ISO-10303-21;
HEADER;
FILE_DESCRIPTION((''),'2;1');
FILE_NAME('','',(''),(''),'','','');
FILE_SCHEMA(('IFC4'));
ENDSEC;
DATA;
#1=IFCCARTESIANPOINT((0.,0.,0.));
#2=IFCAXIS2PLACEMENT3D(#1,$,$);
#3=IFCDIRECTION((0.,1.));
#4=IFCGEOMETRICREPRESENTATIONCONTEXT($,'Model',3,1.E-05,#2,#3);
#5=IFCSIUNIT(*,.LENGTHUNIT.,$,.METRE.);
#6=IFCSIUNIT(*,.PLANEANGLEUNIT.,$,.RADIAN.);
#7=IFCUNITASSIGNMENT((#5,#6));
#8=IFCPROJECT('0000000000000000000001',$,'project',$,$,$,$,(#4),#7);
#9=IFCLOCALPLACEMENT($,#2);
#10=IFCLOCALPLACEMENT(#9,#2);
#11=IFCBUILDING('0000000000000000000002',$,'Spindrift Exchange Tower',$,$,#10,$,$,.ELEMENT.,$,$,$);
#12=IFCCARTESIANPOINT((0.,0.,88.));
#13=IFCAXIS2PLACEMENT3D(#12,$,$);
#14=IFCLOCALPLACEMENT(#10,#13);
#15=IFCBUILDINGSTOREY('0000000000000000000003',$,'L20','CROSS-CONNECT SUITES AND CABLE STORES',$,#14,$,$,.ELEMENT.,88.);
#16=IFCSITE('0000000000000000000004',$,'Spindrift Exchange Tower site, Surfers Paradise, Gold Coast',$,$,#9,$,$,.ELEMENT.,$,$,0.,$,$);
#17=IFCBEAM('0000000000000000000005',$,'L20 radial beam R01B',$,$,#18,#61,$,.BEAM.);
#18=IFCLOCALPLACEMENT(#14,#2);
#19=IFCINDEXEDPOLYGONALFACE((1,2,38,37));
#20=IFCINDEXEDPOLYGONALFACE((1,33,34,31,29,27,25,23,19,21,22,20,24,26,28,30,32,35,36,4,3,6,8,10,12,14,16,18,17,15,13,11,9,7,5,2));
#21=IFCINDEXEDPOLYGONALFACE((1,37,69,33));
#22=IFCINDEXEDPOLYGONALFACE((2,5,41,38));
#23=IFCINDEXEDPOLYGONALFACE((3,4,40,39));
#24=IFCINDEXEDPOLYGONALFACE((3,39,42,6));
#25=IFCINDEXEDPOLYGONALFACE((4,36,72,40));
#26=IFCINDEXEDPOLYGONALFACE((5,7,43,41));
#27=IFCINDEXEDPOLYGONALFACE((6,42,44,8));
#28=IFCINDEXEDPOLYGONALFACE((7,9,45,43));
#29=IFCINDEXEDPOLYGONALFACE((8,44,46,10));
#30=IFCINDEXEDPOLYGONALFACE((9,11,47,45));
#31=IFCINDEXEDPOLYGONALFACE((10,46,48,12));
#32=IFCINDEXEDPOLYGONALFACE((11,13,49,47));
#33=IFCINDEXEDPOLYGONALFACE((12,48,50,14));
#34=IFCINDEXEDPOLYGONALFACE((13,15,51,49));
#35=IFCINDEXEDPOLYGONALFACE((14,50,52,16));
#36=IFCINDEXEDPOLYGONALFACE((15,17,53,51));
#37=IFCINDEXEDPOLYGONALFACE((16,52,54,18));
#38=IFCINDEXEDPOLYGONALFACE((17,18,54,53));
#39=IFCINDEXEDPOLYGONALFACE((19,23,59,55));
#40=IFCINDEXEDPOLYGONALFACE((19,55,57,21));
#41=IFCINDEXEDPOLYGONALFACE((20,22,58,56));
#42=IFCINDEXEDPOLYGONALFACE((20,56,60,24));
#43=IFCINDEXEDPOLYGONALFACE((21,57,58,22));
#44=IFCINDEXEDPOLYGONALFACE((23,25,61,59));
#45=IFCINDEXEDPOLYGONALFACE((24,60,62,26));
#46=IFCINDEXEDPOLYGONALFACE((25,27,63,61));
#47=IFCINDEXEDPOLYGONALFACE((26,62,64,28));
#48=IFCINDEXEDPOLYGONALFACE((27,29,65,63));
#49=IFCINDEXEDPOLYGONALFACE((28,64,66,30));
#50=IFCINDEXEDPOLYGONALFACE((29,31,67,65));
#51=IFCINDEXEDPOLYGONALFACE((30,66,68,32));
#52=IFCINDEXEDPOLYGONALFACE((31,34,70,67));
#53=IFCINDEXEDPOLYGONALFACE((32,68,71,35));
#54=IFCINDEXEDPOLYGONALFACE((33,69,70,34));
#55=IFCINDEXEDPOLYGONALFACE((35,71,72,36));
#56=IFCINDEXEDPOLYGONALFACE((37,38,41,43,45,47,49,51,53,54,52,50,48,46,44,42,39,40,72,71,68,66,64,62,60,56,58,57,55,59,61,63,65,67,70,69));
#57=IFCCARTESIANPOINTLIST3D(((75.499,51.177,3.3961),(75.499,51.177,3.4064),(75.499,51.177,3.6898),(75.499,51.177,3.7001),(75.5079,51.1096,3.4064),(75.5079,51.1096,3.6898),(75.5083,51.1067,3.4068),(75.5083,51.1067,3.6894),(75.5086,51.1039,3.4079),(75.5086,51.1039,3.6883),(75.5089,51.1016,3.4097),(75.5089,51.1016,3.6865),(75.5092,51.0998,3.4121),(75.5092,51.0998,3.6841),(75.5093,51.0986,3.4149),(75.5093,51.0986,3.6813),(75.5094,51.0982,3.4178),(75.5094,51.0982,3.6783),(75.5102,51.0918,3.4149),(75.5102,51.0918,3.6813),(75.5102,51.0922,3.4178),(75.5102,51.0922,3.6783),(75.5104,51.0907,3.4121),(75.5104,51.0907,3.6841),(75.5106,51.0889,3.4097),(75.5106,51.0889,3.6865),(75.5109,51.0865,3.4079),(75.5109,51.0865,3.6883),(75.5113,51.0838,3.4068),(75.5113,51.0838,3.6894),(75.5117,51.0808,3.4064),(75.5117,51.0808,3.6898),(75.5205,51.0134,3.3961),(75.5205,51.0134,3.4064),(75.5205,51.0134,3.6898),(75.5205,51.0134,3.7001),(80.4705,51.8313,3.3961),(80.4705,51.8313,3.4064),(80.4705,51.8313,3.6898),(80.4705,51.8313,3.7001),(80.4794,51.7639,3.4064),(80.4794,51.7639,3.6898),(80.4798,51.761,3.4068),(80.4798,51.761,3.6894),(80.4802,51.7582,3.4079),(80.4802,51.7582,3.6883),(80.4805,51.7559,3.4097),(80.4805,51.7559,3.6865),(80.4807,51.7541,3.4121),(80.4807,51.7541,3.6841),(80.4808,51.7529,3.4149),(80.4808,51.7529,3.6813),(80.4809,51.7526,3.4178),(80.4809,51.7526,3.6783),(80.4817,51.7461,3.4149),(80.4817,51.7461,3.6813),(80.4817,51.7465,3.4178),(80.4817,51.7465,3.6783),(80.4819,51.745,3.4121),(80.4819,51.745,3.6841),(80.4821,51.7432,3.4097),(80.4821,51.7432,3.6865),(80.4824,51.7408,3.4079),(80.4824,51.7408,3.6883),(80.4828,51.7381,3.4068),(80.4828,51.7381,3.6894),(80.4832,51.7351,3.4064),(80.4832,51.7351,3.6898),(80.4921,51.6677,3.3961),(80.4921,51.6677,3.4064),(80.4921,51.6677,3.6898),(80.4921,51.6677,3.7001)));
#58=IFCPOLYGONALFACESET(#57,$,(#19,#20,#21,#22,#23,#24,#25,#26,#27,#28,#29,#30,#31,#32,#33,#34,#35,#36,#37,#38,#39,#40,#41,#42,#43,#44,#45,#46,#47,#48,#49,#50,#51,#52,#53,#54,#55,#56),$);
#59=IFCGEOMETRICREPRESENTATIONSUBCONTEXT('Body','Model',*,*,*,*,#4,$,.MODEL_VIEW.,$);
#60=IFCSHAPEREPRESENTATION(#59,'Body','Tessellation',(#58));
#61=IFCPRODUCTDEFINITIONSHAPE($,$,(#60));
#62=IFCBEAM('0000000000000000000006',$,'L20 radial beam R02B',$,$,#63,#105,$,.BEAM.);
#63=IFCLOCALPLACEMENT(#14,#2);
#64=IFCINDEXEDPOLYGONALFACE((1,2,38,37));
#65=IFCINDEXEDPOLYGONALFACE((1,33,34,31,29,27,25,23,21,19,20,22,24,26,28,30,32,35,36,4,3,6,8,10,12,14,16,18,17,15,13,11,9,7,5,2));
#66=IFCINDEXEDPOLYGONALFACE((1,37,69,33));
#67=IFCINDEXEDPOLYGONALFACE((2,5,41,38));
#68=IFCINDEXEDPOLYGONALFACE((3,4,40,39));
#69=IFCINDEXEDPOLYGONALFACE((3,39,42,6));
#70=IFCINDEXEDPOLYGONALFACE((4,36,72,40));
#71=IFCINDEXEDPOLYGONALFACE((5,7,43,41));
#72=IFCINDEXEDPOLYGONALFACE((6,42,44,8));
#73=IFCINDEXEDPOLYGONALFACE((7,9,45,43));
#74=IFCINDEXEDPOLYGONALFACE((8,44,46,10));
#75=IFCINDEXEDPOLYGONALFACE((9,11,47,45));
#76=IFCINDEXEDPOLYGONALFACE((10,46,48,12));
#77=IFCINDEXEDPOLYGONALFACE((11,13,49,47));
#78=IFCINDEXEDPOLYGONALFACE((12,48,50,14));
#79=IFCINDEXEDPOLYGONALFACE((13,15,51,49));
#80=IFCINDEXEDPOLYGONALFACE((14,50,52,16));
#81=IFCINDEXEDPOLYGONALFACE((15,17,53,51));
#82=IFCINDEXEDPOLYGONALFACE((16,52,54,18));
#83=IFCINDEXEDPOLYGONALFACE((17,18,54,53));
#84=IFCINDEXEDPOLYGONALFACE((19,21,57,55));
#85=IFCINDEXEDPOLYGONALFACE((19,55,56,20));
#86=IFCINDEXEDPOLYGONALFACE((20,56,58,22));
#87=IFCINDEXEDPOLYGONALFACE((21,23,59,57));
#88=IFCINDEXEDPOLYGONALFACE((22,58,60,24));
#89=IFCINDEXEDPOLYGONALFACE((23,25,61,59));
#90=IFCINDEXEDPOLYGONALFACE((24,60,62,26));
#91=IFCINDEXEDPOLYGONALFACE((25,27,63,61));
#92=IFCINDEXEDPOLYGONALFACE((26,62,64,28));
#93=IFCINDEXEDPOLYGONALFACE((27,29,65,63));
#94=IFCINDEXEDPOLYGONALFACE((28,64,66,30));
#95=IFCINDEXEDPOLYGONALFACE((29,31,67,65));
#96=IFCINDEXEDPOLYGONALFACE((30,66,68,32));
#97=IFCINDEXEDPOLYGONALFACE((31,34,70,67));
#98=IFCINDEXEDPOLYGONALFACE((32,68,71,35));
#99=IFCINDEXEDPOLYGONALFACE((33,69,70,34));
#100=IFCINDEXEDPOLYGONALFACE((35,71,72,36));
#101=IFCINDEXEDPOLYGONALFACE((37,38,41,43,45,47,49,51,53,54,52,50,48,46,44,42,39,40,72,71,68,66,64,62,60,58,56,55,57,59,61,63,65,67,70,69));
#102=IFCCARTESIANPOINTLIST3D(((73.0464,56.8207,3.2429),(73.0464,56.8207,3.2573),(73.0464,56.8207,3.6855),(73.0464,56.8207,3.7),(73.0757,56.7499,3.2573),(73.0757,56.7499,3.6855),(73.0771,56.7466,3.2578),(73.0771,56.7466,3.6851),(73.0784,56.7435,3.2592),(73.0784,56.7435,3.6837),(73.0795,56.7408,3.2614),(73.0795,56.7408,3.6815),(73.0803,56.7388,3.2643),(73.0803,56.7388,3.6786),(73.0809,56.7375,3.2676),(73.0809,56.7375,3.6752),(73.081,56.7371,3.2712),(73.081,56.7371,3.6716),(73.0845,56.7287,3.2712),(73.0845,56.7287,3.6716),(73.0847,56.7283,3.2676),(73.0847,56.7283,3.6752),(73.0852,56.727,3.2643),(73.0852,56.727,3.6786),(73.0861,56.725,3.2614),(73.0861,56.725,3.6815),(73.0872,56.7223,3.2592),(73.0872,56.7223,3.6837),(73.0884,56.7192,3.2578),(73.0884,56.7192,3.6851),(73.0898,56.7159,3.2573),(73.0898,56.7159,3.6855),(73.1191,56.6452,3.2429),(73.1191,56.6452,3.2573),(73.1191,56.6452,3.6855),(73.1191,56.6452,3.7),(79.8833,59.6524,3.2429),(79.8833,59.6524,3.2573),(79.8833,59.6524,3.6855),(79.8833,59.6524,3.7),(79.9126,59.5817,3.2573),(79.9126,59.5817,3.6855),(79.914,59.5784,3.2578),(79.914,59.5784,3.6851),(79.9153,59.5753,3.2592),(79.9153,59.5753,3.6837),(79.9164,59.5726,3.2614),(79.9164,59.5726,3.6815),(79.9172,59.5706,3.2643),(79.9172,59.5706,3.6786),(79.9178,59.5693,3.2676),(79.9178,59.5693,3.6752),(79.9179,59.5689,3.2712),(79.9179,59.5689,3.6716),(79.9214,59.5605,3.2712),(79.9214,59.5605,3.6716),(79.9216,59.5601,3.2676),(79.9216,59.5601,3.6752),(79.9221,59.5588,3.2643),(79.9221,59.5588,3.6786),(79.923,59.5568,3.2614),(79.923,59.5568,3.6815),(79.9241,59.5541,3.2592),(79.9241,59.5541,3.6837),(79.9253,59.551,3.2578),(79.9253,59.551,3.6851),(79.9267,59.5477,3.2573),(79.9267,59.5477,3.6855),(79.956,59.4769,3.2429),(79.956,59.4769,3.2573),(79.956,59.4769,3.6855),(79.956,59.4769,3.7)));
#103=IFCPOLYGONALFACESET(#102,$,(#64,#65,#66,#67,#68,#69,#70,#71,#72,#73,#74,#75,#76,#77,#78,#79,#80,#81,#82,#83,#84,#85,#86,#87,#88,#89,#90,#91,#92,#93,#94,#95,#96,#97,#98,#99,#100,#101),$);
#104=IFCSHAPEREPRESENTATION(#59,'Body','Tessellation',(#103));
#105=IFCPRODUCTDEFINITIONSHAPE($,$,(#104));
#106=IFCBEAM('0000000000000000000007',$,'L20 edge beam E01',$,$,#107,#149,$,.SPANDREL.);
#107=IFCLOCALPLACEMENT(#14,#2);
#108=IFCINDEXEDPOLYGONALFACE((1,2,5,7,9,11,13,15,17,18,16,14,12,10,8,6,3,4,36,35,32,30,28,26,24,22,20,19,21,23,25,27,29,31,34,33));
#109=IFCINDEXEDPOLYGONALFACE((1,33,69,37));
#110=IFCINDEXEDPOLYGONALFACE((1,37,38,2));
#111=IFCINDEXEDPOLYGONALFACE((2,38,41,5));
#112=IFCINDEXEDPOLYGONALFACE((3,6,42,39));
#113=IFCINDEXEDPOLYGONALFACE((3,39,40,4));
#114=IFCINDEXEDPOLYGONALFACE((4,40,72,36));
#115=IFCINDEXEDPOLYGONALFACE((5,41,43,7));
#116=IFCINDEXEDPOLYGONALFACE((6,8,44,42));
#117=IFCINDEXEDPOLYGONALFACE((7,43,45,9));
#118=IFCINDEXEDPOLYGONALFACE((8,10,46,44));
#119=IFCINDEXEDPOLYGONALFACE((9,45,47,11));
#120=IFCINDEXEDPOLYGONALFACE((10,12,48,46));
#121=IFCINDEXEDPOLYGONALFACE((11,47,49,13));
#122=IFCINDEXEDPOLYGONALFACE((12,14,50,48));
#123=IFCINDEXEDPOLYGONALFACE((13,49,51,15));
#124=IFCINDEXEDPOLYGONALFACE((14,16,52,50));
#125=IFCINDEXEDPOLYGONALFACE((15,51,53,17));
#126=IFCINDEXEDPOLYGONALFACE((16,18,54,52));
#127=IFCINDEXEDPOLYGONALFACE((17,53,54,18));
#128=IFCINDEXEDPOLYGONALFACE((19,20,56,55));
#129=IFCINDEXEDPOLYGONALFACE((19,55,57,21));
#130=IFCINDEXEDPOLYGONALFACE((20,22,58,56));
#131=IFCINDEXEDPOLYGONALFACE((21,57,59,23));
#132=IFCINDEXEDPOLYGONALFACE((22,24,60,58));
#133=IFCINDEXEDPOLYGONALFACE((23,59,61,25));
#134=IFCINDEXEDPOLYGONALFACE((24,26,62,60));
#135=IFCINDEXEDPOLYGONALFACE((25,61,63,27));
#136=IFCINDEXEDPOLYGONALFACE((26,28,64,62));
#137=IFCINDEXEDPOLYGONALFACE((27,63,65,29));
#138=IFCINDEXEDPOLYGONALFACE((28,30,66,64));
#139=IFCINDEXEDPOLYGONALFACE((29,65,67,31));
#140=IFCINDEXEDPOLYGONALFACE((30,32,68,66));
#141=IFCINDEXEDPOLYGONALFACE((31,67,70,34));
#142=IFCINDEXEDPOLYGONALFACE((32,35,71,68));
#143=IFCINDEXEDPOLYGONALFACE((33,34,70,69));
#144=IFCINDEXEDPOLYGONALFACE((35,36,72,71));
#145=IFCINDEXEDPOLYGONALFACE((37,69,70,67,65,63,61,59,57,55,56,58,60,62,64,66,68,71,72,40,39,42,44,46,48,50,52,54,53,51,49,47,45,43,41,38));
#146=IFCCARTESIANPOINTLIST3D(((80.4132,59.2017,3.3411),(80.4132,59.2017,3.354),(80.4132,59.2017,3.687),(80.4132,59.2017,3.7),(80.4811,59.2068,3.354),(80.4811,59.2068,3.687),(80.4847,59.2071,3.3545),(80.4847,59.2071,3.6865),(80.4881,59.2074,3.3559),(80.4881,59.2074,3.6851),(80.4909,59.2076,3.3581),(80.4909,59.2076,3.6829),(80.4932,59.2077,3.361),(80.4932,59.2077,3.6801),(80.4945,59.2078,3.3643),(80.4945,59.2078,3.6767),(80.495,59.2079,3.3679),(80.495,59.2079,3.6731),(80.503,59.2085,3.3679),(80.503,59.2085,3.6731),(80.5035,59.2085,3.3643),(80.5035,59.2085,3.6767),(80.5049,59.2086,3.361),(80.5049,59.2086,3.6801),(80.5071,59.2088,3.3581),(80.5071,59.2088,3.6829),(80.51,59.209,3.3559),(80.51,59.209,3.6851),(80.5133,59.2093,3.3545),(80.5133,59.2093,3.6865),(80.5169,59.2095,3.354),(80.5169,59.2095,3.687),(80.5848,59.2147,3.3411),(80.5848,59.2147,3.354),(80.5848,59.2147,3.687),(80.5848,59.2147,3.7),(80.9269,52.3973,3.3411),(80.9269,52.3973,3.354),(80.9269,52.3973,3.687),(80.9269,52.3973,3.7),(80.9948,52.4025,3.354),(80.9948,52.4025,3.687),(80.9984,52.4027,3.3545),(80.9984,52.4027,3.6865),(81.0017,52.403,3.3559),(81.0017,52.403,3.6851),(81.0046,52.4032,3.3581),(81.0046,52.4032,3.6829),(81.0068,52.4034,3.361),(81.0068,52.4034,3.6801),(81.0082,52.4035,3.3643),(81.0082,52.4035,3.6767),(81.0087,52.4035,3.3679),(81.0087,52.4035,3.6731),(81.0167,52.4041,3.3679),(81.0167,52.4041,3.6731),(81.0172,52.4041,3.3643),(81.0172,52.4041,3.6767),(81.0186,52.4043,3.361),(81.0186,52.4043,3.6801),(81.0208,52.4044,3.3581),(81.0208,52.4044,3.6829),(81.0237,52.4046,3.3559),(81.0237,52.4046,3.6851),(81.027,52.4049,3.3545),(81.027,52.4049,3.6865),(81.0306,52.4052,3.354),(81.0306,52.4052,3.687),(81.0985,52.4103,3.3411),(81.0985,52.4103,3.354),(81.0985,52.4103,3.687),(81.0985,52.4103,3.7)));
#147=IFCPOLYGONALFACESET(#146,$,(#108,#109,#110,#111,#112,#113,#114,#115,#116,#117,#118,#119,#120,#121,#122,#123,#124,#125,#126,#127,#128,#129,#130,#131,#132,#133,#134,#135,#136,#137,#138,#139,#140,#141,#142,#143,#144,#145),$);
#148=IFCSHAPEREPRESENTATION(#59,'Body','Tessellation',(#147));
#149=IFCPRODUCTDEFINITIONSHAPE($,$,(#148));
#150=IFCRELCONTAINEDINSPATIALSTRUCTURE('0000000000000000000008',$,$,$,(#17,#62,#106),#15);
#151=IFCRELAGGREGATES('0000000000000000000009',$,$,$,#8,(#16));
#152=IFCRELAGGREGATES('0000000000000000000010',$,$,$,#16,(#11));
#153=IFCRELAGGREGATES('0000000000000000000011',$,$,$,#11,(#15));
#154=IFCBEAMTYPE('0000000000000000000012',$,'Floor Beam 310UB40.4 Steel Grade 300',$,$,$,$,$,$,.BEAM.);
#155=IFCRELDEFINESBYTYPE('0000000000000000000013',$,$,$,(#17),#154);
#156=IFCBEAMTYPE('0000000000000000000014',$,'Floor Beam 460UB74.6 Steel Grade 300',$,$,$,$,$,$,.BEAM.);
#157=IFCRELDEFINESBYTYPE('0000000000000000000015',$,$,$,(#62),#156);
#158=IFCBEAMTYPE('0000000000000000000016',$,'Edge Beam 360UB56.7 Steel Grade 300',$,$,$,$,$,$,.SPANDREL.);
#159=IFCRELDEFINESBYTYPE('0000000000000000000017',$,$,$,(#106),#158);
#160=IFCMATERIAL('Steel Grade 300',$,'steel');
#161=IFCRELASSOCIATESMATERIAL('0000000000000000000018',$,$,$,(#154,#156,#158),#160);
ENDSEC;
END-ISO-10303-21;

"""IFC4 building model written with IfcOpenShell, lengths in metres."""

from ifc_helpers import new_model, si_unit, direction, frame, origin, origin_2d, place, context, subcontext, project, spatial, i_section, extrude, source, transform, mapped, material, material_profile, profile_set, type_object, element, save


model = new_model("IFC4")

# Units and contexts
model_context = context("Model", 3, precision=1e-05, world=origin(), true_north=direction((0.0, 1.0)))
body_context = subcontext(model_context, "Body", "Model", "MODEL_VIEW")
ifc_project = project(units=[si_unit("LENGTHUNIT", "METRE"), si_unit("PLANEANGLEUNIT", "RADIAN")], contexts=[model_context])

# Site, building, storey
site_placement = place(None, origin())
site = spatial("IfcSite", under=ifc_project, at=site_placement, Name="Spindrift Exchange Tower site, Surfers Paradise, Gold Coast", CompositionType="ELEMENT", RefElevation=0.0)
building_placement = place(site_placement, origin())
building = spatial("IfcBuilding", under=site, at=building_placement, Name="Spindrift Exchange Tower", CompositionType="ELEMENT")
storey_placement = place(building_placement, frame((0.0, 0.0, 88.0)))
storey = spatial("IfcBuildingStorey", under=building, at=storey_placement, Name="L20", Description="CROSS-CONNECT SUITES AND CABLE STORES", CompositionType="ELEMENT", Elevation=88.0)

# Beams
ifc_material_1 = material(Name="Steel Grade 300", Category="steel")
ifc_material_profile_1 = material_profile(ifc_material_1, i_section(OverallWidth=0.165, OverallDepth=0.304, WebThickness=0.0061, FlangeThickness=0.0103, FilletRadius=0.0115, at=origin_2d()), Name="310UB40.4")
ifc_profile_set_1 = profile_set([ifc_material_profile_1], Name="Steel Grade 300")
beam_type_1 = type_object("IfcBeamType", Name="Floor Beam 310UB40.4 Steel Grade 300", PredefinedType="BEAM", material=ifc_profile_set_1)
shared_shape_1 = source(origin(), body_context, "Body", "SweptSolid", [
    extrude(i_section(OverallWidth=0.165, OverallDepth=0.304, WebThickness=0.0061, FlangeThickness=0.0103, FilletRadius=0.0115, at=origin_2d()), origin(), (0.0, 0.0, 1.0), 5.0144),
])
beam_1_placement = place(storey_placement, frame((75.5098, 51.0952, 3.5481), z_axis=(0.99145, 0.130486, 0.0), x_axis=(-0.130486, 0.99145, 0.0)))
element("IfcBeam", 1, at=beam_1_placement, inside=storey, type_object=beam_type_1, Name="L20 radial beam R01B", PredefinedType="BEAM", context=body_context, shape_type="MappedRepresentation", body=[
    mapped(shared_shape_1, transform((0.0, 0.0, 0.0), scale=1.0)),
])
ifc_material_profile_2 = material_profile(ifc_material_1, i_section(OverallWidth=0.1899, OverallDepth=0.457, WebThickness=0.009, FlangeThickness=0.0144, FilletRadius=0.0139, at=origin_2d()), Name="460UB74.6")
ifc_profile_set_2 = profile_set([ifc_material_profile_2], Name="Steel Grade 300")
beam_type_2 = type_object("IfcBeamType", Name="Floor Beam 460UB74.6 Steel Grade 300", PredefinedType="BEAM", material=ifc_profile_set_2)
shared_shape_2 = source(origin(), body_context, "Body", "SweptSolid", [
    extrude(i_section(OverallWidth=0.1899, OverallDepth=0.457, WebThickness=0.009, FlangeThickness=0.0144, FilletRadius=0.0139, at=origin_2d()), origin(), (0.0, 0.0, 1.0), 7.4001),
])
beam_2_placement = place(storey_placement, frame((73.0828, 56.7329, 3.4714), z_axis=(0.923887, 0.382666, 0.0), x_axis=(-0.382666, 0.923887, 0.0)))
element("IfcBeam", 2, at=beam_2_placement, inside=storey, type_object=beam_type_2, Name="L20 radial beam R02B", PredefinedType="BEAM", context=body_context, shape_type="MappedRepresentation", body=[
    mapped(shared_shape_2, transform((0.0, 0.0, 0.0), scale=1.0)),
])
ifc_material_profile_3 = material_profile(ifc_material_1, i_section(OverallWidth=0.1721, OverallDepth=0.3589, WebThickness=0.0081, FlangeThickness=0.0129, FilletRadius=0.0139, at=origin_2d()), Name="360UB56.7")
ifc_profile_set_3 = profile_set([ifc_material_profile_3], Name="Steel Grade 300")
beam_type_3 = type_object("IfcBeamType", Name="Edge Beam 360UB56.7 Steel Grade 300", PredefinedType="SPANDREL", material=ifc_profile_set_3)
shared_shape_3 = source(origin(), body_context, "Body", "SweptSolid", [
    extrude(i_section(OverallWidth=0.1721, OverallDepth=0.3589, WebThickness=0.0081, FlangeThickness=0.0129, FilletRadius=0.0139, at=origin_2d()), origin(), (0.0, 0.0, 1.0), 6.8237),
])
beam_3_placement = place(storey_placement, frame((81.0127, 52.4038, 3.5205), z_axis=(-0.075276, 0.997163, 0.0), x_axis=(-0.997163, -0.075276, 0.0)))
element("IfcBeam", 3, at=beam_3_placement, inside=storey, type_object=beam_type_3, Name="L20 edge beam E01", PredefinedType="SPANDREL", context=body_context, shape_type="MappedRepresentation", body=[
    mapped(shared_shape_3, transform((0.0, 0.0, 0.0), scale=1.0)),
])

save(model, "model.ifc")
